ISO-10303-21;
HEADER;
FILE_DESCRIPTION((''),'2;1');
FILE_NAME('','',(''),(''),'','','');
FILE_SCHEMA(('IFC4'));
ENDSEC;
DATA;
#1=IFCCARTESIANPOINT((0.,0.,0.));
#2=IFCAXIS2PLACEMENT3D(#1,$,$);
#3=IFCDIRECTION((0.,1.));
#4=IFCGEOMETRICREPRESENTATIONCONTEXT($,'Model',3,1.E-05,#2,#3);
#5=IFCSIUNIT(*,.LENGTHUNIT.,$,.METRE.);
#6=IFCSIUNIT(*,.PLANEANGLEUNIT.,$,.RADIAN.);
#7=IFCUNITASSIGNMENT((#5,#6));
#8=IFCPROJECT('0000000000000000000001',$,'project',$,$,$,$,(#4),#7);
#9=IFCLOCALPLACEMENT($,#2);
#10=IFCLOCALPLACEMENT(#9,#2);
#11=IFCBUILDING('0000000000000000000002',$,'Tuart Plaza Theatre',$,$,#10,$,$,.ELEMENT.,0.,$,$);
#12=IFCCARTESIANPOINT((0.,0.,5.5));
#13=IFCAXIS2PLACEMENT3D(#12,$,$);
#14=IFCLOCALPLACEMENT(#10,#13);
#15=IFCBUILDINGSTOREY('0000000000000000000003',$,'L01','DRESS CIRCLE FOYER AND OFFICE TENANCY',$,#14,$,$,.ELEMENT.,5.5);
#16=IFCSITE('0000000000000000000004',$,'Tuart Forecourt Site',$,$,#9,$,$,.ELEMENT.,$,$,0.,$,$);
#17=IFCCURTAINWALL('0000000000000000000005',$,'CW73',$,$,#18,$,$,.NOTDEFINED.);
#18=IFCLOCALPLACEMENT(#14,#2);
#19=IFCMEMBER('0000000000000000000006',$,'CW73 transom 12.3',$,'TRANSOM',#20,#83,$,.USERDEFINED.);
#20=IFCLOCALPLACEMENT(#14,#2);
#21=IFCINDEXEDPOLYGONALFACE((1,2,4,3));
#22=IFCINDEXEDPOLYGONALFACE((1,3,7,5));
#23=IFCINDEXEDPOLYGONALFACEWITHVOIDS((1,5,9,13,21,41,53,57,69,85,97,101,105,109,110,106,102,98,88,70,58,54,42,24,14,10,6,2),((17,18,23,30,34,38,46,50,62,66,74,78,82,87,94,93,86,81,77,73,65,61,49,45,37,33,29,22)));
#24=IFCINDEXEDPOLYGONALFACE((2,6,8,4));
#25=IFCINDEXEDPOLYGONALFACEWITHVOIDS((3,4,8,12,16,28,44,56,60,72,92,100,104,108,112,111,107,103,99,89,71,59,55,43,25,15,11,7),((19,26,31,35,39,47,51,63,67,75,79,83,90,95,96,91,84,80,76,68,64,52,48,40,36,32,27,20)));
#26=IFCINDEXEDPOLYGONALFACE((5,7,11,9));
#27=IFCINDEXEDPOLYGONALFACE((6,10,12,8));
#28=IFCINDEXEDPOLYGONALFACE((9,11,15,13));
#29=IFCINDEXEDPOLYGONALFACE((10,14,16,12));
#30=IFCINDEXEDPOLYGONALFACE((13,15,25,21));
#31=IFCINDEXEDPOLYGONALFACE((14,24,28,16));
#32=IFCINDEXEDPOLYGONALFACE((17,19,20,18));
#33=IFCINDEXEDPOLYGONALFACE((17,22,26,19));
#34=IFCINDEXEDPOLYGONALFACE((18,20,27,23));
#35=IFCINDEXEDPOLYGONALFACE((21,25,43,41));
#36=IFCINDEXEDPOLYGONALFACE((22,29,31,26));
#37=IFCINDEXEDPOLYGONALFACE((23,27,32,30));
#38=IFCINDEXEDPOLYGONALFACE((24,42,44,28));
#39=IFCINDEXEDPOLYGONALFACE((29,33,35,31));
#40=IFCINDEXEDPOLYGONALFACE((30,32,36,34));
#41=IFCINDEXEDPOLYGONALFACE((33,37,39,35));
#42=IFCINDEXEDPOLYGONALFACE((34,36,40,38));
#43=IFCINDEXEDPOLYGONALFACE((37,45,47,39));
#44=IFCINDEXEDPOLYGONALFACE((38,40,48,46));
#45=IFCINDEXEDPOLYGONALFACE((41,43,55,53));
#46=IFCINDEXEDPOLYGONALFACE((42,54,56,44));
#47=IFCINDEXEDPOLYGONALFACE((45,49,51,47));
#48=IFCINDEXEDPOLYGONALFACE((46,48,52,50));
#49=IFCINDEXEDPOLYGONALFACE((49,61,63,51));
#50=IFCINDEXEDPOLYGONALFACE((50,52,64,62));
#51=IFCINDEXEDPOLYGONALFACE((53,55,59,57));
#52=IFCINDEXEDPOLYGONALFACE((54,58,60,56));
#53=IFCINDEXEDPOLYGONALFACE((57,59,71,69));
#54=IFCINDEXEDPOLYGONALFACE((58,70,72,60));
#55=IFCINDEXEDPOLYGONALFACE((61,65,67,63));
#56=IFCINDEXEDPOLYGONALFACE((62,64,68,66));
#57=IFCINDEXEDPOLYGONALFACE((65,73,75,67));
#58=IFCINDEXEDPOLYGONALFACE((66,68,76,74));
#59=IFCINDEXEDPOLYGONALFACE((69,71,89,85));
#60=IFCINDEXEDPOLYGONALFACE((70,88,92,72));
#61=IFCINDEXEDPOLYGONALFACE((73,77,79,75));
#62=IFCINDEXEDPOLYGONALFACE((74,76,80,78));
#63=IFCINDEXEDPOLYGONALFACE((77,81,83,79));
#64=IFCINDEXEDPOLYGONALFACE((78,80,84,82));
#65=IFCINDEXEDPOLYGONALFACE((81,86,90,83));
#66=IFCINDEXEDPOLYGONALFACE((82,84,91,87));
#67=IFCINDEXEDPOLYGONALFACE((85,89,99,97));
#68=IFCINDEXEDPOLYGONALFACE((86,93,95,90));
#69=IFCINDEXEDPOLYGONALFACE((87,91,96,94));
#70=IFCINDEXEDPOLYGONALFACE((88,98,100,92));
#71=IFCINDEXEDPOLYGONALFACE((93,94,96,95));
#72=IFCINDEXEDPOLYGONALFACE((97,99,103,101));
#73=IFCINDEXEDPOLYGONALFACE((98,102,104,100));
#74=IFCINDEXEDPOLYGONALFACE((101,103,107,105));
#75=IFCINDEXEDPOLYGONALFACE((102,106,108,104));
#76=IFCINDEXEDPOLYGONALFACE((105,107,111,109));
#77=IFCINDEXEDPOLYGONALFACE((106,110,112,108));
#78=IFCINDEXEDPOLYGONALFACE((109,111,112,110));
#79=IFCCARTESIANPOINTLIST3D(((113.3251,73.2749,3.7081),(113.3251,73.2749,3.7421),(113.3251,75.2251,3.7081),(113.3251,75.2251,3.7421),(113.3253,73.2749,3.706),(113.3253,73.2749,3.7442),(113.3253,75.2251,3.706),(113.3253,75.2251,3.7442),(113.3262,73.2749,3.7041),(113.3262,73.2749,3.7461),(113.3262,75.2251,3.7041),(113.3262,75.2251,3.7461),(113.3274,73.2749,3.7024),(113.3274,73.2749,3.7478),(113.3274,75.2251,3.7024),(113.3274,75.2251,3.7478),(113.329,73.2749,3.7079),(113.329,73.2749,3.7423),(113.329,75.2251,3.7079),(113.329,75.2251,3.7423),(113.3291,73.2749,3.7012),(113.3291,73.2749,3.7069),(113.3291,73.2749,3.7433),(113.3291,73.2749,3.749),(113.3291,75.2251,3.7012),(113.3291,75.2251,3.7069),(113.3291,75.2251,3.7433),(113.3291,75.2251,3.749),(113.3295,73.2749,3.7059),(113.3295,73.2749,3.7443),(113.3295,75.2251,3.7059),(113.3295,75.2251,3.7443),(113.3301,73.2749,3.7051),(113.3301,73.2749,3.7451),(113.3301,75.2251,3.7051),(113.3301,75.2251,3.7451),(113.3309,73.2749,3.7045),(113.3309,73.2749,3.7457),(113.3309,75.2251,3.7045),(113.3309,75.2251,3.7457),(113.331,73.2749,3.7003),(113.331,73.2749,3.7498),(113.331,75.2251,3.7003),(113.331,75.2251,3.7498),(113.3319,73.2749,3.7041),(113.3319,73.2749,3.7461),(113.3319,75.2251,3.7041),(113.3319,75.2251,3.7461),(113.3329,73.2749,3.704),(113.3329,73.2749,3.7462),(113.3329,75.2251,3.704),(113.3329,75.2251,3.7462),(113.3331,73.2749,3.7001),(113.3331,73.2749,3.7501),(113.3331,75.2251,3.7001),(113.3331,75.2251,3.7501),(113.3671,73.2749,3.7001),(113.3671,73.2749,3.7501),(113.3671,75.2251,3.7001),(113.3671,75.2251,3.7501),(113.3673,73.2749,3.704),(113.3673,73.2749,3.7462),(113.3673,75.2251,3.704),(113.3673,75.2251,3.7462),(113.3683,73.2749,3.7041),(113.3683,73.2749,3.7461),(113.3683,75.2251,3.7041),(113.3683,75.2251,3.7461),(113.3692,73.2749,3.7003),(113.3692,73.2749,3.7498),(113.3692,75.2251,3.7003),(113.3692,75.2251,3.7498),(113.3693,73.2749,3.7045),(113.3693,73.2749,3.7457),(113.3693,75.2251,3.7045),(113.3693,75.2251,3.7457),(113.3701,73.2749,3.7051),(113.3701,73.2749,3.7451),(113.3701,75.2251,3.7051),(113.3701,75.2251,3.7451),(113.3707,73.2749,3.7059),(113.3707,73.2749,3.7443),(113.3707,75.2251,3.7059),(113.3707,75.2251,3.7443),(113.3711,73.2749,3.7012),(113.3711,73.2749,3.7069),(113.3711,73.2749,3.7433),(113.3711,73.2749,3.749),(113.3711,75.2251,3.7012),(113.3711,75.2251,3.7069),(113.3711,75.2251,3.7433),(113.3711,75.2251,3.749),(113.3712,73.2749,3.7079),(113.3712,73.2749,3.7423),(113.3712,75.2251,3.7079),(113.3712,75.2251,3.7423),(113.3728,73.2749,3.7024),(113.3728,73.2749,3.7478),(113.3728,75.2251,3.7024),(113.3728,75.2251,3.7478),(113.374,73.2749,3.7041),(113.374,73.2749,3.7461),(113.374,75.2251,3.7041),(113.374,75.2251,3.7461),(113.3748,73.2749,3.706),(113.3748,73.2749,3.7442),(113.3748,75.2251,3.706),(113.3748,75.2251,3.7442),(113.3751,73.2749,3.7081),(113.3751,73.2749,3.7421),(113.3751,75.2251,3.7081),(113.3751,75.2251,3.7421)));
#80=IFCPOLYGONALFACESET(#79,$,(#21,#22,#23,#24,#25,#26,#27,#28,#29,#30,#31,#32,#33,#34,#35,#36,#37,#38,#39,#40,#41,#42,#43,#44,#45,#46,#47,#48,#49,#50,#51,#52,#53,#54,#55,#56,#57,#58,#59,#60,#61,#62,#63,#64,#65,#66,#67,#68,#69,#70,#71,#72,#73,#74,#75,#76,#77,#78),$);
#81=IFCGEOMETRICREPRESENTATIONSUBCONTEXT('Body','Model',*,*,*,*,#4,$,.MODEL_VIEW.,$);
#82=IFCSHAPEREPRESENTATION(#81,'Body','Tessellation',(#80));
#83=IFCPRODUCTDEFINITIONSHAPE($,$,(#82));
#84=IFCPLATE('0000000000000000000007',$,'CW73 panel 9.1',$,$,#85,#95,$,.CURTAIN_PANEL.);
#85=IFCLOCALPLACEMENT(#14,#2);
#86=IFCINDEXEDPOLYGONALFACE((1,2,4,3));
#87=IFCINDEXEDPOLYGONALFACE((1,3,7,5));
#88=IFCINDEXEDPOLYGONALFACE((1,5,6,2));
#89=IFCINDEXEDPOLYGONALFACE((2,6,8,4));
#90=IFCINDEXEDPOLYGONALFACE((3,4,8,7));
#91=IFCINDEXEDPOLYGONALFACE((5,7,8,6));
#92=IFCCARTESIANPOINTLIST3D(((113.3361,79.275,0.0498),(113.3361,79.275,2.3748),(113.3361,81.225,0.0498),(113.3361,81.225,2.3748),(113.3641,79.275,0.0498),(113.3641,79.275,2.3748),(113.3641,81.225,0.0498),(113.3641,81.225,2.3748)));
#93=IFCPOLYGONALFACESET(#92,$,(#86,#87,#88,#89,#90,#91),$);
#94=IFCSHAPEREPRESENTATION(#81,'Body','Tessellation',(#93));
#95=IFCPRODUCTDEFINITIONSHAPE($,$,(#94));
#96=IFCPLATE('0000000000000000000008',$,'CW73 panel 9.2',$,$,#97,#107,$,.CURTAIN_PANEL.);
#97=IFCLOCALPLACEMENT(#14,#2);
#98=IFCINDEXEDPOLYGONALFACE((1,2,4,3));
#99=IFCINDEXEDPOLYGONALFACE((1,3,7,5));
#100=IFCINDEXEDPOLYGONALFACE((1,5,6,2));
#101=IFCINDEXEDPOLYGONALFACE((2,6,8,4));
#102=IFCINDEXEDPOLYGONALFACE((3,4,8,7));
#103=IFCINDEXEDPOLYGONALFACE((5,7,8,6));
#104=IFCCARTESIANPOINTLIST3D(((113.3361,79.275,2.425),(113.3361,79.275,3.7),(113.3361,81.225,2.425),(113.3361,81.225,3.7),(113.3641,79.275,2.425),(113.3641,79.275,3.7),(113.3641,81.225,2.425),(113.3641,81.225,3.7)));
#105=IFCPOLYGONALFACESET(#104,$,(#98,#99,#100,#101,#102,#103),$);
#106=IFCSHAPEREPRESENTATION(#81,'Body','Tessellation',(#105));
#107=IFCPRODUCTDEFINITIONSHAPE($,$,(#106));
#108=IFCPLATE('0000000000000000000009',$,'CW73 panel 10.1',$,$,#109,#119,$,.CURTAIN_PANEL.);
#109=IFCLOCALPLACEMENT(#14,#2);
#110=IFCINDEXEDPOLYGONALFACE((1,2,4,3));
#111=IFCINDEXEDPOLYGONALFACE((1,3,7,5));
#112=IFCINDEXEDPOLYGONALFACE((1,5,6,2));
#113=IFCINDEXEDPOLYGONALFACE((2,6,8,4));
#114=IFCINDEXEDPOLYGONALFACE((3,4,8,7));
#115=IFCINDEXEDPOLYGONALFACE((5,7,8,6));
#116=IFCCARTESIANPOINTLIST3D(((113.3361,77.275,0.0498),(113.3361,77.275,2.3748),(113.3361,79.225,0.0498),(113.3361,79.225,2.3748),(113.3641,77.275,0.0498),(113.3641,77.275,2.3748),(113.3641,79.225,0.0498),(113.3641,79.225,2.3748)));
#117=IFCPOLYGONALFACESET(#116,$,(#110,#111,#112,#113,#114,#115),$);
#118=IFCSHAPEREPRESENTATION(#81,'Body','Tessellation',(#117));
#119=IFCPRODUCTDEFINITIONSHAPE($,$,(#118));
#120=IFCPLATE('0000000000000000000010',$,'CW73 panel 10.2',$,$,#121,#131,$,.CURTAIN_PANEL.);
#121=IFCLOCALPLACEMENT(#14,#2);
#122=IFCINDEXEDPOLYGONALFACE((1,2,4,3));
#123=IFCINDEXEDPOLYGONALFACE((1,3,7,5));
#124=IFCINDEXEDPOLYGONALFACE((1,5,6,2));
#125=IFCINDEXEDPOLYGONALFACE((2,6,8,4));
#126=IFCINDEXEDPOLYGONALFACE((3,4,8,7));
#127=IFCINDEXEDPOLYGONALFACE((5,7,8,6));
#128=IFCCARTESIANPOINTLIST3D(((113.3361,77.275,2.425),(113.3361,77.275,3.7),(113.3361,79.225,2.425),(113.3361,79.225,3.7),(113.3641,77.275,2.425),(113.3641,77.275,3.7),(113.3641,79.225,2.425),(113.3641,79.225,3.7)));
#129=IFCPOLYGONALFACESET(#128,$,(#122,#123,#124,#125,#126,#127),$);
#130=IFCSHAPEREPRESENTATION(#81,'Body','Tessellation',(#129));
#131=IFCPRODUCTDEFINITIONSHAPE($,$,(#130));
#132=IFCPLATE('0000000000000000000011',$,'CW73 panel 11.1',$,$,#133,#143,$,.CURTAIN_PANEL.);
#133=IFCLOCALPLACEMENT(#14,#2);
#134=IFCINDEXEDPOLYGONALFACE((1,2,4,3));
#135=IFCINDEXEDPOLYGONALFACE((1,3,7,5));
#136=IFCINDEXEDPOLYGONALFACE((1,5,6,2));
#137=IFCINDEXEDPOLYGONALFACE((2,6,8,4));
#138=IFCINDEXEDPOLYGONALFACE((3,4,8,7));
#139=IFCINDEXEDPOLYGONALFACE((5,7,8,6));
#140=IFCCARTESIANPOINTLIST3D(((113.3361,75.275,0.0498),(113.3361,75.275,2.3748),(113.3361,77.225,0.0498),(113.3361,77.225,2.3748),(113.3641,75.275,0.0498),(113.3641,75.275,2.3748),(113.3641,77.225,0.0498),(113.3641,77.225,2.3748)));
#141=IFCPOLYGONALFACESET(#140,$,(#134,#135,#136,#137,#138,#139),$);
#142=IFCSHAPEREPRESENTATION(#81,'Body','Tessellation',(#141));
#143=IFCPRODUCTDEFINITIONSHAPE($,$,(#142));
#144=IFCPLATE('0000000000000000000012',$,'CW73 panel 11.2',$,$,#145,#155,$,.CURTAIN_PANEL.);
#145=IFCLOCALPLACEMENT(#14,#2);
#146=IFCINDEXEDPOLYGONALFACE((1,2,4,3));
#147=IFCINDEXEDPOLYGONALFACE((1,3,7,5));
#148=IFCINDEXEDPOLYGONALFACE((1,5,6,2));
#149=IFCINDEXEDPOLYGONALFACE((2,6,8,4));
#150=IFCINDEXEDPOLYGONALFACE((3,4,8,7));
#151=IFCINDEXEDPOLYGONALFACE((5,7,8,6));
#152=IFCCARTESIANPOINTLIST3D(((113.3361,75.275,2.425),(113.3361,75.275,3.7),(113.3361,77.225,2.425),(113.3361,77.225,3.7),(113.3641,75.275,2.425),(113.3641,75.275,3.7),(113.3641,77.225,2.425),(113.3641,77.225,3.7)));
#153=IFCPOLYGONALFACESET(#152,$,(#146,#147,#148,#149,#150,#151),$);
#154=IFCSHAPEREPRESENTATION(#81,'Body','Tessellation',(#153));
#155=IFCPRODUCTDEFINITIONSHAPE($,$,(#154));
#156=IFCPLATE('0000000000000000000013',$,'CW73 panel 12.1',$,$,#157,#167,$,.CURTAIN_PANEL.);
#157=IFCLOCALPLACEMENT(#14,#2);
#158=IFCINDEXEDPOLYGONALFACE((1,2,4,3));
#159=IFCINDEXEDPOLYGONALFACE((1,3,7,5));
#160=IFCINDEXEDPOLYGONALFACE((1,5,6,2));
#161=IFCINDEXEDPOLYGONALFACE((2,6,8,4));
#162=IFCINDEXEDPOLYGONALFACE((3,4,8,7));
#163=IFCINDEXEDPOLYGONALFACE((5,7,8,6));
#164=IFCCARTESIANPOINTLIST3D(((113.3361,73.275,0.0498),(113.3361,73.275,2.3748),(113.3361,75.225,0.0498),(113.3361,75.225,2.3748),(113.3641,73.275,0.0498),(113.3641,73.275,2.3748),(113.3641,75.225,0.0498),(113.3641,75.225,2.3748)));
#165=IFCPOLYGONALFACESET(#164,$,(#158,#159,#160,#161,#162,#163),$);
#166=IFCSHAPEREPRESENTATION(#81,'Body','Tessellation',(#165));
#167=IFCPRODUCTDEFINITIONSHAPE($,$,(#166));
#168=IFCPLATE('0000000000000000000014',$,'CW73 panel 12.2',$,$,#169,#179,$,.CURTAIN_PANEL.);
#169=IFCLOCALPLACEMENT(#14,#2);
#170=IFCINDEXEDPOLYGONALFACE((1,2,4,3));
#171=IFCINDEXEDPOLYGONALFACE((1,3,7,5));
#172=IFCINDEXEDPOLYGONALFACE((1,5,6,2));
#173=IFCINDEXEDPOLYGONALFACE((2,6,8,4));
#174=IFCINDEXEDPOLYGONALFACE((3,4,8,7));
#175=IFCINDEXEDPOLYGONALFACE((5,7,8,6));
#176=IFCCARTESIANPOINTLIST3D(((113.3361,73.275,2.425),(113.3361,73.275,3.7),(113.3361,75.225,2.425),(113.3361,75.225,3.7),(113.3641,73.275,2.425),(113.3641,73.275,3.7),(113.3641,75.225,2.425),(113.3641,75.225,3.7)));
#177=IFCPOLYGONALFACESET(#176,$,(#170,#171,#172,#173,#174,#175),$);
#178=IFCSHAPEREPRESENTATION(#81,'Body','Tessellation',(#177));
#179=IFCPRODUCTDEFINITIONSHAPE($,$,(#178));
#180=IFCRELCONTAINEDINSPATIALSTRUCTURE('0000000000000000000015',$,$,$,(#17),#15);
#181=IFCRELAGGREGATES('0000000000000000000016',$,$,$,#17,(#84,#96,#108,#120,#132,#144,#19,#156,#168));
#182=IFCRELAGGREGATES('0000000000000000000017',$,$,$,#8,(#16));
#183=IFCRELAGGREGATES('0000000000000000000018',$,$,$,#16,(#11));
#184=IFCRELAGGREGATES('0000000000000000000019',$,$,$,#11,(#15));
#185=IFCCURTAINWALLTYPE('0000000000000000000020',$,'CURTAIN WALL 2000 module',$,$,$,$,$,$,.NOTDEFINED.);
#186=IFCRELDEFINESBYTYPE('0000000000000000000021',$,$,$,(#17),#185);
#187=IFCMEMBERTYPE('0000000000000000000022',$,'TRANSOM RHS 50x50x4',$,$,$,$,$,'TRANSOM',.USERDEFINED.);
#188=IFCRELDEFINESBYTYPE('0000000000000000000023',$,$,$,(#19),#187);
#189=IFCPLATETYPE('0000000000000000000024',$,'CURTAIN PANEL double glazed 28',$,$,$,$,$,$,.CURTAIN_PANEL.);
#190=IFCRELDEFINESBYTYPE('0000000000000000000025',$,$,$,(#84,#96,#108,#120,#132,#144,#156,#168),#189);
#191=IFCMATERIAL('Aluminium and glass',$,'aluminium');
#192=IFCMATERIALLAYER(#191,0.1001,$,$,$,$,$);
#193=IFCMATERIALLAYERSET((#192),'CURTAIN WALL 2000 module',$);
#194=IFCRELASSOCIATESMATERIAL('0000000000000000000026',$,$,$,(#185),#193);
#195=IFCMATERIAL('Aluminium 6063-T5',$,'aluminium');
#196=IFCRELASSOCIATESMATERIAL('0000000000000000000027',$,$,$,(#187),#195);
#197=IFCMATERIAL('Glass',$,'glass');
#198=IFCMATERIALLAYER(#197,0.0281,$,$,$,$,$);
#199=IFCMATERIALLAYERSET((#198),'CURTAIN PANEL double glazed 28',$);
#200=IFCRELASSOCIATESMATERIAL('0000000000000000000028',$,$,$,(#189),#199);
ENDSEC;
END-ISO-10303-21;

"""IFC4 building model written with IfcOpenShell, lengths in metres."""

from ifc_helpers import new_model, si_unit, direction, frame, origin, origin_2d, place, context, subcontext, project, spatial, rectangle, hollow_rectangle, extrude, material, layer, layer_set, material_profile, profile_set, type_object, element, aggregate, save


model = new_model("IFC4")

# Units and contexts
model_context = context("Model", 3, precision=1e-05, world=origin(), true_north=direction((0.0, 1.0)))
body_context = subcontext(model_context, "Body", "Model", "MODEL_VIEW")
ifc_project = project(units=[si_unit("LENGTHUNIT", "METRE"), si_unit("PLANEANGLEUNIT", "RADIAN")], contexts=[model_context])

# Site, building, storey
site_placement = place(None, origin())
site = spatial("IfcSite", under=ifc_project, at=site_placement, Name="Tuart Forecourt Site", CompositionType="ELEMENT", RefElevation=0.0)
building_placement = place(site_placement, origin())
building = spatial("IfcBuilding", under=site, at=building_placement, Name="Tuart Plaza Theatre", CompositionType="ELEMENT", ElevationOfRefHeight=0.0)
storey_placement = place(building_placement, frame((0.0, 0.0, 5.5)))
storey = spatial("IfcBuildingStorey", under=building, at=storey_placement, Name="L01", Description="DRESS CIRCLE FOYER AND OFFICE TENANCY", CompositionType="ELEMENT", Elevation=5.5)

# Curtain wall, member, plates
ifc_material_1 = material(Name="Aluminium and glass", Category="aluminium")
ifc_layer_1 = layer(ifc_material_1, 0.1001)
ifc_layer_set_1 = layer_set([ifc_layer_1], Name="CURTAIN WALL 2000 module")
curtain_wall_type = type_object("IfcCurtainWallType", Name="CURTAIN WALL 2000 module", PredefinedType="NOTDEFINED", material=ifc_layer_set_1)
curtain_wall_placement = place(storey_placement, origin())
curtain_wall = element("IfcCurtainWall", 1, at=curtain_wall_placement, inside=storey, type_object=curtain_wall_type, Name="CW73", PredefinedType="NOTDEFINED")
ifc_material_2 = material(Name="Aluminium 6063-T5", Category="aluminium")
ifc_material_profile_1 = material_profile(ifc_material_2, hollow_rectangle(XDim=0.05, YDim=0.05, WallThickness=0.0039, InnerFilletRadius=0.0039, OuterFilletRadius=0.0081, at=origin_2d()), Name="RHS 50x50x4")
ifc_profile_set_1 = profile_set([ifc_material_profile_1], Name="Aluminium 6063-T5")
member_type_1 = type_object("IfcMemberType", Name="TRANSOM RHS 50x50x4", ElementType="TRANSOM", PredefinedType="USERDEFINED", material=ifc_profile_set_1)
member_1_placement = place(storey_placement, frame((113.3501, 75.2251, 3.7251), z_axis=(0.0, -1.0, 0.0), x_axis=(1.0, 0.0, 0.0)))
member_1 = element("IfcMember", 2, at=member_1_placement, type_object=member_type_1, Name="CW73 transom 12.3", ObjectType="TRANSOM", PredefinedType="USERDEFINED", context=body_context, shape_type="SweptSolid", body=[
    extrude(hollow_rectangle(XDim=0.05, YDim=0.05, WallThickness=0.0039, InnerFilletRadius=0.0039, OuterFilletRadius=0.0081, at=origin_2d()), origin(), (0.0, 0.0, 1.0), 1.9502),
])
ifc_material_3 = material(Name="Glass", Category="glass")
ifc_layer_2 = layer(ifc_material_3, 0.0281)
ifc_layer_set_2 = layer_set([ifc_layer_2], Name="CURTAIN PANEL double glazed 28")
plate_type = type_object("IfcPlateType", Name="CURTAIN PANEL double glazed 28", PredefinedType="CURTAIN_PANEL", material=ifc_layer_set_2)
plate_1_placement = place(storey_placement, frame((113.3501, 80.25, 0.0498), z_axis=(0.0, 0.0, 1.0), x_axis=(0.0, -1.0, 0.0)))
plate_1 = element("IfcPlate", 3, at=plate_1_placement, type_object=plate_type, Name="CW73 panel 9.1", PredefinedType="CURTAIN_PANEL", context=body_context, shape_type="SweptSolid", body=[
    extrude(rectangle(XDim=1.95, YDim=0.0281, at=origin_2d()), origin(), (0.0, 0.0, 1.0), 2.325),
])
plate_2_placement = place(storey_placement, frame((113.3501, 80.25, 2.425), z_axis=(0.0, 0.0, 1.0), x_axis=(0.0, -1.0, 0.0)))
plate_2 = element("IfcPlate", 4, at=plate_2_placement, type_object=plate_type, Name="CW73 panel 9.2", PredefinedType="CURTAIN_PANEL", context=body_context, shape_type="SweptSolid", body=[
    extrude(rectangle(XDim=1.95, YDim=0.0281, at=origin_2d()), origin(), (0.0, 0.0, 1.0), 1.2749),
])
plate_3_placement = place(storey_placement, frame((113.3501, 78.25, 0.0498), z_axis=(0.0, 0.0, 1.0), x_axis=(0.0, -1.0, 0.0)))
plate_3 = element("IfcPlate", 5, at=plate_3_placement, type_object=plate_type, Name="CW73 panel 10.1", PredefinedType="CURTAIN_PANEL", context=body_context, shape_type="SweptSolid", body=[
    extrude(rectangle(XDim=1.95, YDim=0.0281, at=origin_2d()), origin(), (0.0, 0.0, 1.0), 2.325),
])
plate_4_placement = place(storey_placement, frame((113.3501, 78.25, 2.425), z_axis=(0.0, 0.0, 1.0), x_axis=(0.0, -1.0, 0.0)))
plate_4 = element("IfcPlate", 6, at=plate_4_placement, type_object=plate_type, Name="CW73 panel 10.2", PredefinedType="CURTAIN_PANEL", context=body_context, shape_type="SweptSolid", body=[
    extrude(rectangle(XDim=1.95, YDim=0.0281, at=origin_2d()), origin(), (0.0, 0.0, 1.0), 1.2749),
])
plate_5_placement = place(storey_placement, frame((113.3501, 76.25, 0.0498), z_axis=(0.0, 0.0, 1.0), x_axis=(0.0, -1.0, 0.0)))
plate_5 = element("IfcPlate", 7, at=plate_5_placement, type_object=plate_type, Name="CW73 panel 11.1", PredefinedType="CURTAIN_PANEL", context=body_context, shape_type="SweptSolid", body=[
    extrude(rectangle(XDim=1.95, YDim=0.0281, at=origin_2d()), origin(), (0.0, 0.0, 1.0), 2.325),
])
plate_6_placement = place(storey_placement, frame((113.3501, 76.25, 2.425), z_axis=(0.0, 0.0, 1.0), x_axis=(0.0, -1.0, 0.0)))
plate_6 = element("IfcPlate", 8, at=plate_6_placement, type_object=plate_type, Name="CW73 panel 11.2", PredefinedType="CURTAIN_PANEL", context=body_context, shape_type="SweptSolid", body=[
    extrude(rectangle(XDim=1.95, YDim=0.0281, at=origin_2d()), origin(), (0.0, 0.0, 1.0), 1.2749),
])
plate_7_placement = place(storey_placement, frame((113.3501, 74.25, 0.0498), z_axis=(0.0, 0.0, 1.0), x_axis=(0.0, -1.0, 0.0)))
plate_7 = element("IfcPlate", 9, at=plate_7_placement, type_object=plate_type, Name="CW73 panel 12.1", PredefinedType="CURTAIN_PANEL", context=body_context, shape_type="SweptSolid", body=[
    extrude(rectangle(XDim=1.95, YDim=0.0281, at=origin_2d()), origin(), (0.0, 0.0, 1.0), 2.325),
])
plate_8_placement = place(storey_placement, frame((113.3501, 74.25, 2.425), z_axis=(0.0, 0.0, 1.0), x_axis=(0.0, -1.0, 0.0)))
plate_8 = element("IfcPlate", 10, at=plate_8_placement, type_object=plate_type, Name="CW73 panel 12.2", PredefinedType="CURTAIN_PANEL", context=body_context, shape_type="SweptSolid", body=[
    extrude(rectangle(XDim=1.95, YDim=0.0281, at=origin_2d()), origin(), (0.0, 0.0, 1.0), 1.2749),
])
aggregate(curtain_wall, [plate_1, plate_2, plate_3, plate_4, plate_5, plate_6, member_1, plate_7, plate_8])

save(model, "model.ifc")
